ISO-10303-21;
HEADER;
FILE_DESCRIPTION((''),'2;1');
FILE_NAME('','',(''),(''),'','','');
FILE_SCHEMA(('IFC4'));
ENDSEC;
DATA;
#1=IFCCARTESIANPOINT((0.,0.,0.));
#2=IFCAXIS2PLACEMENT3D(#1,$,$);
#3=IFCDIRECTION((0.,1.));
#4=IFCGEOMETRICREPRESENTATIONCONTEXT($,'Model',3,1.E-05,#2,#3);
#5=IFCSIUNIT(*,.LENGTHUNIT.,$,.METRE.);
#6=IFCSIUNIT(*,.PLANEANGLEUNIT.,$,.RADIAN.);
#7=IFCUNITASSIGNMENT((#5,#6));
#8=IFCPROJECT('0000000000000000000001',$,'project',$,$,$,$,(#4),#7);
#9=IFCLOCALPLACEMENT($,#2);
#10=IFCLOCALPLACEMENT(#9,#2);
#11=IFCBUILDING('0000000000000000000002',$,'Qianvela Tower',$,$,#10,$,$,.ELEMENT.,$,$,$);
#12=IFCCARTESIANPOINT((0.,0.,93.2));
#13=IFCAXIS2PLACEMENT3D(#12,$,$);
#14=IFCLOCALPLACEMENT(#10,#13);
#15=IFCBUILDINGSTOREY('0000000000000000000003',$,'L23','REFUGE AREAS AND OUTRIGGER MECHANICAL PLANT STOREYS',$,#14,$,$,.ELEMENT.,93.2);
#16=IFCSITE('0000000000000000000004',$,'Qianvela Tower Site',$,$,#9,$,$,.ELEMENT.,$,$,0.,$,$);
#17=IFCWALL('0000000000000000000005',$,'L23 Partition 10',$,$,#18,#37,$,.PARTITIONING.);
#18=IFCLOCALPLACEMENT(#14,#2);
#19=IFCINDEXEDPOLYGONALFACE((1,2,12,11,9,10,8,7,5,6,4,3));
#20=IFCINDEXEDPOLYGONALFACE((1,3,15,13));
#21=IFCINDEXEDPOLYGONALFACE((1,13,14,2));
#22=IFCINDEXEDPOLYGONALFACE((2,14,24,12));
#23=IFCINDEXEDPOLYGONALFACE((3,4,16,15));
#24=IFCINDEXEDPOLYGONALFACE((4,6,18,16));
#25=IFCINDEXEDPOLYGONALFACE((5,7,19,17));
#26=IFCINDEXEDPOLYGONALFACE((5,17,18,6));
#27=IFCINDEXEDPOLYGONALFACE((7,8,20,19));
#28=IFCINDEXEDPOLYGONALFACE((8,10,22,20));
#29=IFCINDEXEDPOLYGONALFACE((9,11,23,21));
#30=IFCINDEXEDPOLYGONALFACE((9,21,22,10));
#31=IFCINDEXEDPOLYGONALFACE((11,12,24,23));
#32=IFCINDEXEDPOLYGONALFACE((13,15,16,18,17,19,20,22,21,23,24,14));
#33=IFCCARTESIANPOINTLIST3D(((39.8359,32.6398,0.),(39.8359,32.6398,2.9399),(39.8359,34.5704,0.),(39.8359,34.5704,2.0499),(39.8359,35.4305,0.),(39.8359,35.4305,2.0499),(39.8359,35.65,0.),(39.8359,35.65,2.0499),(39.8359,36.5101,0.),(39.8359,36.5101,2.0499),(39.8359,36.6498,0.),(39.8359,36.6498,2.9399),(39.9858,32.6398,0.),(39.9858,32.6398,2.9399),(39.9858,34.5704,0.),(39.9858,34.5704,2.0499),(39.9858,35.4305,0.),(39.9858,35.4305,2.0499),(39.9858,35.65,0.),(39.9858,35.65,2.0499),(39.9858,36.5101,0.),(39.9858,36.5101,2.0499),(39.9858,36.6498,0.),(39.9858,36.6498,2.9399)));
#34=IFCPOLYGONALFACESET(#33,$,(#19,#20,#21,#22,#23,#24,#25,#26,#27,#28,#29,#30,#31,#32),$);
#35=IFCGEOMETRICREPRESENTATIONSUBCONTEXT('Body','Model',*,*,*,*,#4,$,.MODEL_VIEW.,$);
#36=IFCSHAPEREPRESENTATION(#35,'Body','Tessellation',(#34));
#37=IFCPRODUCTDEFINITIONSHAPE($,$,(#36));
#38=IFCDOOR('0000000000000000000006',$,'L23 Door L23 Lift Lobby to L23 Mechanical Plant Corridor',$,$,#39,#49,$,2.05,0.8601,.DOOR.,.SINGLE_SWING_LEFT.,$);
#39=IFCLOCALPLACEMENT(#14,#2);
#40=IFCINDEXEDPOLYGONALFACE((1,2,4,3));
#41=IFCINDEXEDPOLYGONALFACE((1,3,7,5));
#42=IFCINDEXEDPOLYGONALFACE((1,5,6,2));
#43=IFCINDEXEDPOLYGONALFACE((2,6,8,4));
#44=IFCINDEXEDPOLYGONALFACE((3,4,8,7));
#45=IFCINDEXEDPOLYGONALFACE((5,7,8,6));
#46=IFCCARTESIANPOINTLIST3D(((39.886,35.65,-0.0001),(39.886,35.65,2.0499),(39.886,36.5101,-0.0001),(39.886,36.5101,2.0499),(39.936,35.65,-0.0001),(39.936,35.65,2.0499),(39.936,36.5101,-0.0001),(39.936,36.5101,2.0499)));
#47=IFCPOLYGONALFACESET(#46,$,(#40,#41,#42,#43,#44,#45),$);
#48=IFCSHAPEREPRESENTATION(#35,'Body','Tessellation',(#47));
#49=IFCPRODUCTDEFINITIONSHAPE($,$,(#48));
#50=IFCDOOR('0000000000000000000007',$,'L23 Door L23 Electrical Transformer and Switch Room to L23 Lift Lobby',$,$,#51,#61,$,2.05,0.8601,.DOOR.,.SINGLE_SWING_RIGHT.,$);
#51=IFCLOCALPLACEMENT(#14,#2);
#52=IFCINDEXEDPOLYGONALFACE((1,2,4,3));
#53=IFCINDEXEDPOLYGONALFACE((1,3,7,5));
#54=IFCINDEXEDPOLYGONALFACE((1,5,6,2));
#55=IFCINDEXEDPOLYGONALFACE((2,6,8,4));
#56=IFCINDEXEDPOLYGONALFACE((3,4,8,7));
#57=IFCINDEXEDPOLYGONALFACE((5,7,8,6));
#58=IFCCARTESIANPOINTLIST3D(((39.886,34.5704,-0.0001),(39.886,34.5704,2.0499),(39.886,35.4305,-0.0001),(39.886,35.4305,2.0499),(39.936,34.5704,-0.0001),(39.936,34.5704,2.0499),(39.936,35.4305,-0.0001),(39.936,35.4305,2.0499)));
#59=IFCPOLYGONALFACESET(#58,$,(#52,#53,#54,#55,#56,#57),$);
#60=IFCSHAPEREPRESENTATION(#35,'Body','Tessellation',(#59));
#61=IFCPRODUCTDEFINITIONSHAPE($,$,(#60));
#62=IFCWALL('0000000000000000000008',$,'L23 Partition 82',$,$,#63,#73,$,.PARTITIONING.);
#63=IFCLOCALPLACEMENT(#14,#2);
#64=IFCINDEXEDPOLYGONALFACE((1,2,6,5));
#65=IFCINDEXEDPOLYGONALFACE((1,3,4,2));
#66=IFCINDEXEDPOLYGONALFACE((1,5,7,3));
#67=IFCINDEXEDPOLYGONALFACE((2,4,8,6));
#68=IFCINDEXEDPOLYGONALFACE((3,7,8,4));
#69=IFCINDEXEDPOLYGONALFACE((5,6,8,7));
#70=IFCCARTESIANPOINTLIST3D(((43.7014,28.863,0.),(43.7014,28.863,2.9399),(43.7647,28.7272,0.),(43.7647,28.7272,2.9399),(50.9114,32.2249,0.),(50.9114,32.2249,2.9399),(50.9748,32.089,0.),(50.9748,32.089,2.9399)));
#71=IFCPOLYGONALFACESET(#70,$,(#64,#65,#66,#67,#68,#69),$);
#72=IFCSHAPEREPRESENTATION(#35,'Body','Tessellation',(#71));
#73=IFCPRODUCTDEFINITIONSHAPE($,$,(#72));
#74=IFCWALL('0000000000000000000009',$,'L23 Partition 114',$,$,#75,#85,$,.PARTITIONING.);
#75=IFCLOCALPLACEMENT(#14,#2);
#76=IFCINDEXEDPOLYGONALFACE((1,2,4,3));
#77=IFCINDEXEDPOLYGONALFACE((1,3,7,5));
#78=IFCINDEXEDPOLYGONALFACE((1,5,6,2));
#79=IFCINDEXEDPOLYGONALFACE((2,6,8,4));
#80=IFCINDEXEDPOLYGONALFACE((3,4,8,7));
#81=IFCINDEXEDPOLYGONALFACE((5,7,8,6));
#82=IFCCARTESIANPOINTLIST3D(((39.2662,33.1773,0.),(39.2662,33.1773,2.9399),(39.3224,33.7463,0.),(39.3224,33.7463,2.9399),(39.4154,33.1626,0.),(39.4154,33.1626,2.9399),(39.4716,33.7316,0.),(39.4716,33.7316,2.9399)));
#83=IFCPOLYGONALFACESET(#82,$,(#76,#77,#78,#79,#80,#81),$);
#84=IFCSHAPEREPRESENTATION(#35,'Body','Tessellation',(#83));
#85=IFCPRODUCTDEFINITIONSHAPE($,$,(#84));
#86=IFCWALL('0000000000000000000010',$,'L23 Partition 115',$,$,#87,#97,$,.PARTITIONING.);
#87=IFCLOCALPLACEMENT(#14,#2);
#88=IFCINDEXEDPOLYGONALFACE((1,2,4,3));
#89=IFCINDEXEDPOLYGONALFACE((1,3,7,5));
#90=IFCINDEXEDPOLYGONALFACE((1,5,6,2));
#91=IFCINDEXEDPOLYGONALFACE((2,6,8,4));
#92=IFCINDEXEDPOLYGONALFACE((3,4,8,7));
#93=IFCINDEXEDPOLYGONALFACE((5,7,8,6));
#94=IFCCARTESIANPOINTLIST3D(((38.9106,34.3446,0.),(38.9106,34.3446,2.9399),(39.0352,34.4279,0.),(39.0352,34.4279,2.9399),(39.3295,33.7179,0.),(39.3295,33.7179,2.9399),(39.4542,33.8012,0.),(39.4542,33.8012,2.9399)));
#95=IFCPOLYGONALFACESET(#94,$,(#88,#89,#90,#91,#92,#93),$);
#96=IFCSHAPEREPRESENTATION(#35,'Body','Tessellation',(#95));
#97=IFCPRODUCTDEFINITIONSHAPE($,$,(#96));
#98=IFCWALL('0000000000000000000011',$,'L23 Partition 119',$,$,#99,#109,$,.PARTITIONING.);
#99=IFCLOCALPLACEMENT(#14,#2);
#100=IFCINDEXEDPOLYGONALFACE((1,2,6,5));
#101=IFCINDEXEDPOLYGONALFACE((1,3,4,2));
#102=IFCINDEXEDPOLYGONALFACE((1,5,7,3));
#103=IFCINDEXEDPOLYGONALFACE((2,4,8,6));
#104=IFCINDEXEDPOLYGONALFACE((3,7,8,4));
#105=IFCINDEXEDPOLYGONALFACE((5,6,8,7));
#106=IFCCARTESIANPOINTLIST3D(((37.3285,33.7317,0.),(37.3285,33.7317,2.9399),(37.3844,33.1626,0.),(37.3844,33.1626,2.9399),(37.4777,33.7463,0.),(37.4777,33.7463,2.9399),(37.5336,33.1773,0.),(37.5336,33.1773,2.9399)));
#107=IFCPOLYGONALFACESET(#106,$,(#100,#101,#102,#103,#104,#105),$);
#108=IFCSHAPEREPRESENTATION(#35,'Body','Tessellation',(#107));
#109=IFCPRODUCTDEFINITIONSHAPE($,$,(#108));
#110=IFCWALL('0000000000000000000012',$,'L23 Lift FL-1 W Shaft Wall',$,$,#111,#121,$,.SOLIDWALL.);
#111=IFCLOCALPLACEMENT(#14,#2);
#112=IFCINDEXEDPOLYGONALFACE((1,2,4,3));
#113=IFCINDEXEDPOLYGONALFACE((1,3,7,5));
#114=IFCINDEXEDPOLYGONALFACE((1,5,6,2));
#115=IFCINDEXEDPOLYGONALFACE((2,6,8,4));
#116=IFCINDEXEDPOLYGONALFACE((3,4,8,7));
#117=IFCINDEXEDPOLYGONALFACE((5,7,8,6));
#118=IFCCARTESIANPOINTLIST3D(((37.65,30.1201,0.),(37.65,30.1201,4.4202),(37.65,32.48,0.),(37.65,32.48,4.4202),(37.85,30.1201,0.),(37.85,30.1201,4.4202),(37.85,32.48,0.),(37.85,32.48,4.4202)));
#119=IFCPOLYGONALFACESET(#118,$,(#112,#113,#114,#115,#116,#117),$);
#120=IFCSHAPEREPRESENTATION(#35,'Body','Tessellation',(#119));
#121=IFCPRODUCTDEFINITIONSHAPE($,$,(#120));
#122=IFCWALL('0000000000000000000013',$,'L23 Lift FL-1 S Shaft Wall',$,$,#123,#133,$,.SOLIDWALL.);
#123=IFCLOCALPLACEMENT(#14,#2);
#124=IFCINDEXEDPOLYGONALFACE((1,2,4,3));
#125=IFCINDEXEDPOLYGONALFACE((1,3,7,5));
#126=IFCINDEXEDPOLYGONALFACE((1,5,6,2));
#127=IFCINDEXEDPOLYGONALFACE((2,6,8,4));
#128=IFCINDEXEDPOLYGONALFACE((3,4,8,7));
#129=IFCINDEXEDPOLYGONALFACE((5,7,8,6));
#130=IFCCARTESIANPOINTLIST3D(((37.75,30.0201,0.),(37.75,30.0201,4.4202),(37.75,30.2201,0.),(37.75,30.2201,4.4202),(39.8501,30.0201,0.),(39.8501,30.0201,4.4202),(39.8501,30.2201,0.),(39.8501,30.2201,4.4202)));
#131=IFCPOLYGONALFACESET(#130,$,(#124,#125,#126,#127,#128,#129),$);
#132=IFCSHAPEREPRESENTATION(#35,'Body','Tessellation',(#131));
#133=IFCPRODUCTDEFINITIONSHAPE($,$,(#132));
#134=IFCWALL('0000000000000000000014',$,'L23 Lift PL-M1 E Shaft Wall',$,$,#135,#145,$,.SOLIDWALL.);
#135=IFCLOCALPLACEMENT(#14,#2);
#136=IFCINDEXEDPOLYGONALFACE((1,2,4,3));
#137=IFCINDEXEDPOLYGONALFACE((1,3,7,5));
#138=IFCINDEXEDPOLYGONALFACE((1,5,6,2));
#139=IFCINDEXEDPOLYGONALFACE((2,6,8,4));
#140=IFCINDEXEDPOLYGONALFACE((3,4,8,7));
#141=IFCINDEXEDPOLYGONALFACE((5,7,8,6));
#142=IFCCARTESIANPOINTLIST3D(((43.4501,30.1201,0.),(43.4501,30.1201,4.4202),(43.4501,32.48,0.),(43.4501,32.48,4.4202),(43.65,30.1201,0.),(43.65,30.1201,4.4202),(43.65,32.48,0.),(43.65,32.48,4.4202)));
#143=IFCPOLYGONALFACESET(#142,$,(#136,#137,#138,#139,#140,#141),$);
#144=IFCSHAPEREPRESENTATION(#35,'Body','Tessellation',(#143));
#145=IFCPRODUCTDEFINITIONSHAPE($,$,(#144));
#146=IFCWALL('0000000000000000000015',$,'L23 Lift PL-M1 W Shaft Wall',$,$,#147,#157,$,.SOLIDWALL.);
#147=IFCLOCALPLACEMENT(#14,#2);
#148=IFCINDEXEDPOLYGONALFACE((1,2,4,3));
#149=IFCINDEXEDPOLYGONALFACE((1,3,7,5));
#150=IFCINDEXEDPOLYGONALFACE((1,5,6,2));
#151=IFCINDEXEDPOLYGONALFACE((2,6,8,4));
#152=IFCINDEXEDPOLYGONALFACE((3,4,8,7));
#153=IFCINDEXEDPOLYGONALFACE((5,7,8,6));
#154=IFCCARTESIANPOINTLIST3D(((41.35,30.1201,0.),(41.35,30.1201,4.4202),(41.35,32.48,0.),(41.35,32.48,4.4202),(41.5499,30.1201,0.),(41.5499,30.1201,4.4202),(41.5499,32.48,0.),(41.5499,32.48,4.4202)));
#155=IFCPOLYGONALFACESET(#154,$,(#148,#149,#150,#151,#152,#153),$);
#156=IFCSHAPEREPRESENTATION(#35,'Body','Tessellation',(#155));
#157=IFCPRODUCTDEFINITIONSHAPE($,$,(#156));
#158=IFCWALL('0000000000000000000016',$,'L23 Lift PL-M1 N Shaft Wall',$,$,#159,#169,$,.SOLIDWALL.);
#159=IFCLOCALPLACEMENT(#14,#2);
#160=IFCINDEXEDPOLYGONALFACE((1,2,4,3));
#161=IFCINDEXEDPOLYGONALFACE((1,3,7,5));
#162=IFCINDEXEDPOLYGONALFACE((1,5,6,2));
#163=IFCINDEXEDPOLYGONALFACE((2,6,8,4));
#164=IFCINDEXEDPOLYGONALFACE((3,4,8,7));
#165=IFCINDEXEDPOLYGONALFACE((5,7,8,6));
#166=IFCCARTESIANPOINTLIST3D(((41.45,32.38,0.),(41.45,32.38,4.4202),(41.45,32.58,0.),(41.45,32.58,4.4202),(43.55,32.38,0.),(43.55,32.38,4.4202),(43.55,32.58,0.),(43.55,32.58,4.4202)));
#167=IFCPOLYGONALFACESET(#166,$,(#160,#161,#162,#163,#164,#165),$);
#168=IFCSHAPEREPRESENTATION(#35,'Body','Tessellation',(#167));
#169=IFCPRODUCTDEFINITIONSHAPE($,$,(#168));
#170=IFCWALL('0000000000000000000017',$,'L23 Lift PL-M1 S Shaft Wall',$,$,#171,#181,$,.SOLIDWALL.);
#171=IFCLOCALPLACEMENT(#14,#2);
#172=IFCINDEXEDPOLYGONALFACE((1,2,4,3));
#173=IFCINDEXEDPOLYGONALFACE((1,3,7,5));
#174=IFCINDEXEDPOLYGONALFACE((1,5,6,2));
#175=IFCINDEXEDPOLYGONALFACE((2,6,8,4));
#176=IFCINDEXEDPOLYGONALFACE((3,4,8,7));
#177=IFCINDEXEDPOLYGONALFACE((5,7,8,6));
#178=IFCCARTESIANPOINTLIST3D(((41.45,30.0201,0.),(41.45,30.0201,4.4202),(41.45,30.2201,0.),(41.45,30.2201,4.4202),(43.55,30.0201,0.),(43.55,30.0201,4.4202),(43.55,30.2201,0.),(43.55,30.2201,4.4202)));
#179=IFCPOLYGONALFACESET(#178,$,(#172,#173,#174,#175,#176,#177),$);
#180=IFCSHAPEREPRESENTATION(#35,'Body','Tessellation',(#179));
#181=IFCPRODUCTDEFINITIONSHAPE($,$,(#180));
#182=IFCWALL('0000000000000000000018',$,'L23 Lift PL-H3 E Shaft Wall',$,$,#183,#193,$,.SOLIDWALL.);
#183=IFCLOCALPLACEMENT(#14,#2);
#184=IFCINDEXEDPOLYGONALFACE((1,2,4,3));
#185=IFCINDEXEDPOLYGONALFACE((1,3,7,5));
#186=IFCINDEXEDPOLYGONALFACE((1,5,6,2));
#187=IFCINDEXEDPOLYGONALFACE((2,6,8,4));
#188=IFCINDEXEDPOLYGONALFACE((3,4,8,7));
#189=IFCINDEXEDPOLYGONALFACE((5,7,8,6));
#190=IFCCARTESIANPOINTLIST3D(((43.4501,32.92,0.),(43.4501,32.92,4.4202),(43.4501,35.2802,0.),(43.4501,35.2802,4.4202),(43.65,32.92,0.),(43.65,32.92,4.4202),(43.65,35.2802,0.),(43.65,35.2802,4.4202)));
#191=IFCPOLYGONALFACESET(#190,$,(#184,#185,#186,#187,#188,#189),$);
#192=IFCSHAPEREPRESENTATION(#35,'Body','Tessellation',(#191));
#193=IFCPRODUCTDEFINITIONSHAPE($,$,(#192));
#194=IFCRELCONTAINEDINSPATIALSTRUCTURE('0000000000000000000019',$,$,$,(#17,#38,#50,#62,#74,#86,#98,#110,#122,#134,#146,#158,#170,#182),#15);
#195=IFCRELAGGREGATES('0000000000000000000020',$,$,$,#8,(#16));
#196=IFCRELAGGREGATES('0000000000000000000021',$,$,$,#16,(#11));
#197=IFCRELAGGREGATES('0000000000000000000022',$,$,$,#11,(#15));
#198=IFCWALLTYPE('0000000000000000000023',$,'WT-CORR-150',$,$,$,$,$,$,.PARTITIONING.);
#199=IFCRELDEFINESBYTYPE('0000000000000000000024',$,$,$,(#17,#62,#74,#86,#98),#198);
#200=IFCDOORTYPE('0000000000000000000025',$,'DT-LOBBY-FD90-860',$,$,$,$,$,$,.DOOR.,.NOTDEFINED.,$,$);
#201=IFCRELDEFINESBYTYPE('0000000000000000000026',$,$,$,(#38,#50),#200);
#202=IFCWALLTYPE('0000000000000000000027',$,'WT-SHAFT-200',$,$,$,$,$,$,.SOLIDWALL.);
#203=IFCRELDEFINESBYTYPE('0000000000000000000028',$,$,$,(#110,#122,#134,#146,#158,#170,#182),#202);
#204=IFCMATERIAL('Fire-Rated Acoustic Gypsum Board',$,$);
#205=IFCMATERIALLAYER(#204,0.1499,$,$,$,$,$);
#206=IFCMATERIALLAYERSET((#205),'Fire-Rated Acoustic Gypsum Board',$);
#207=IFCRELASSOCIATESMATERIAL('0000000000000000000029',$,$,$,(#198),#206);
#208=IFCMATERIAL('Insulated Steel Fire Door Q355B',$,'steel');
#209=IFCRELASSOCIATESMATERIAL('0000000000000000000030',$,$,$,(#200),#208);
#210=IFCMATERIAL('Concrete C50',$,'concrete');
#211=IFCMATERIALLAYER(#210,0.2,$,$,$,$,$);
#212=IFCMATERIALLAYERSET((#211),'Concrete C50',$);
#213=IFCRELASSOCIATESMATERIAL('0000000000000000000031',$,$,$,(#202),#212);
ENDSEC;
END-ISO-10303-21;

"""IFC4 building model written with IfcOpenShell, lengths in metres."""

from ifc_helpers import new_model, si_unit, direction, frame, frame_2d, origin, place, context, subcontext, project, spatial, rectangle, extrude, material, layer, layer_set, type_object, element, fill, save


model = new_model("IFC4")

# Units and contexts
model_context = context("Model", 3, precision=1e-05, world=origin(), true_north=direction((0.0, 1.0)))
body_context = subcontext(model_context, "Body", "Model", "MODEL_VIEW")
ifc_project = project(units=[si_unit("LENGTHUNIT", "METRE"), si_unit("PLANEANGLEUNIT", "RADIAN")], contexts=[model_context])

# Site, building, storey
site_placement = place(None, origin())
site = spatial("IfcSite", under=ifc_project, at=site_placement, Name="Qianvela Tower Site", CompositionType="ELEMENT", RefElevation=0.0)
building_placement = place(site_placement, origin())
building = spatial("IfcBuilding", under=site, at=building_placement, Name="Qianvela Tower", CompositionType="ELEMENT")
storey_placement = place(building_placement, frame((0.0, 0.0, 93.2)))
storey = spatial("IfcBuildingStorey", under=building, at=storey_placement, Name="L23", Description="REFUGE AREAS AND OUTRIGGER MECHANICAL PLANT STOREYS", CompositionType="ELEMENT", Elevation=93.2)

# Wall, openings, doors
ifc_material_1 = material(Name="Fire-Rated Acoustic Gypsum Board")
ifc_layer_1 = layer(ifc_material_1, 0.1499)
ifc_layer_set_1 = layer_set([ifc_layer_1], Name="Fire-Rated Acoustic Gypsum Board")
wall_type_1 = type_object("IfcWallType", Name="WT-CORR-150", PredefinedType="PARTITIONING", material=ifc_layer_set_1)
wall_1_placement = place(storey_placement, frame((39.9109, 32.6399, 0.0), z_axis=(0.0, 0.0, 1.0), x_axis=(0.0, 1.0, 0.0)))
wall_1 = element("IfcWall", 1, at=wall_1_placement, inside=storey, type_object=wall_type_1, Name="L23 Partition 10", PredefinedType="PARTITIONING", context=body_context, shape_type="SweptSolid", body=[
    extrude(rectangle(XDim=4.01, YDim=0.1499, at=frame_2d((2.0049, 0.0))), origin(), (0.0, 0.0, 1.0), 2.9399),
])
opening_1_placement = place(wall_1_placement, frame((3.01, 0.0, 0.0)))
opening_1 = element("IfcOpeningElement", 2, at=opening_1_placement, cuts=wall_1, PredefinedType="OPENING", context=body_context, shape_type="SweptSolid", body=[
    extrude(rectangle(XDim=0.8601, YDim=2.05, at=frame_2d((0.4302, 1.0249))), frame((0.0, 0.085, 0.0), z_axis=(0.0, -1.0, 0.0), x_axis=(1.0, 0.0, 0.0)), (0.0, 0.0, 1.0), 0.1699),
])
opening_2_placement = place(wall_1_placement, frame((1.9304, 0.0, 0.0)))
opening_2 = element("IfcOpeningElement", 3, at=opening_2_placement, cuts=wall_1, PredefinedType="OPENING", context=body_context, shape_type="SweptSolid", body=[
    extrude(rectangle(XDim=0.8601, YDim=2.05, at=frame_2d((0.4302, 1.0249))), frame((0.0, 0.085, 0.0), z_axis=(0.0, -1.0, 0.0), x_axis=(1.0, 0.0, 0.0)), (0.0, 0.0, 1.0), 0.1699),
])
ifc_material_2 = material(Name="Insulated Steel Fire Door Q355B", Category="steel")
door_type_1 = type_object("IfcDoorType", Name="DT-LOBBY-FD90-860", OperationType="NOTDEFINED", PredefinedType="DOOR", material=ifc_material_2)
door_1_placement = place(opening_1_placement, origin())
door_1 = element("IfcDoor", 4, at=door_1_placement, inside=storey, type_object=door_type_1, Name="L23 Door L23 Lift Lobby to L23 Mechanical Plant Corridor", OperationType="SINGLE_SWING_LEFT", OverallHeight=2.05, OverallWidth=0.8601, PredefinedType="DOOR", context=body_context, shape_type="SweptSolid", body=[
    extrude(rectangle(XDim=0.8601, YDim=2.05, at=frame_2d((0.4302, 1.0249))), frame((0.0, 0.0249, 0.0), z_axis=(0.0, -1.0, 0.0), x_axis=(1.0, 0.0, 0.0)), (0.0, 0.0, 1.0), 0.05),
])
fill(opening_1, door_1)
door_2_placement = place(opening_2_placement, origin())
door_2 = element("IfcDoor", 5, at=door_2_placement, inside=storey, type_object=door_type_1, Name="L23 Door L23 Electrical Transformer and Switch Room to L23 Lift Lobby", OperationType="SINGLE_SWING_RIGHT", OverallHeight=2.05, OverallWidth=0.8601, PredefinedType="DOOR", context=body_context, shape_type="SweptSolid", body=[
    extrude(rectangle(XDim=0.8601, YDim=2.05, at=frame_2d((0.4302, 1.0249))), frame((0.0, 0.0249, 0.0), z_axis=(0.0, -1.0, 0.0), x_axis=(1.0, 0.0, 0.0)), (0.0, 0.0, 1.0), 0.05),
])
fill(opening_2, door_2)

# Walls
wall_2_placement = place(storey_placement, frame((43.7332, 28.7952, 0.0), z_axis=(0.0, 0.0, 1.0), x_axis=(0.90632, 0.422593, 0.0)))
element("IfcWall", 6, at=wall_2_placement, inside=storey, type_object=wall_type_1, Name="L23 Partition 82", PredefinedType="PARTITIONING", context=body_context, shape_type="SweptSolid", body=[
    extrude(rectangle(XDim=7.9553, YDim=0.1499, at=frame_2d((3.9775, 0.0))), origin(), (0.0, 0.0, 1.0), 2.9399),
])
wall_3_placement = place(storey_placement, frame((39.3408, 33.1699, 0.0), z_axis=(0.0, 0.0, 1.0), x_axis=(0.098193, 0.995167, 0.0)))
element("IfcWall", 7, at=wall_3_placement, inside=storey, type_object=wall_type_1, Name="L23 Partition 114", PredefinedType="PARTITIONING", context=body_context, shape_type="SweptSolid", body=[
    extrude(rectangle(XDim=0.5718, YDim=0.1499, at=frame_2d((0.2859, 0.0))), origin(), (0.0, 0.0, 1.0), 2.9399),
])
wall_4_placement = place(storey_placement, frame((39.3918, 33.7595, 0.0), z_axis=(0.0, 0.0, 1.0), x_axis=(-0.555746, 0.831352, 0.0)))
element("IfcWall", 8, at=wall_4_placement, inside=storey, type_object=wall_type_1, Name="L23 Partition 115", PredefinedType="PARTITIONING", context=body_context, shape_type="SweptSolid", body=[
    extrude(rectangle(XDim=0.7539, YDim=0.1499, at=frame_2d((0.377, 0.0))), origin(), (0.0, 0.0, 1.0), 2.9399),
])
wall_5_placement = place(storey_placement, frame((37.4031, 33.739, 0.0), z_axis=(0.0, 0.0, 1.0), x_axis=(0.09777, -0.995209, 0.0)))
element("IfcWall", 9, at=wall_5_placement, inside=storey, type_object=wall_type_1, Name="L23 Partition 119", PredefinedType="PARTITIONING", context=body_context, shape_type="SweptSolid", body=[
    extrude(rectangle(XDim=0.5718, YDim=0.1499, at=frame_2d((0.2859, 0.0))), origin(), (0.0, 0.0, 1.0), 2.9399),
])

# Shared definitions
ifc_material_3 = material(Name="Concrete C50", Category="concrete")
ifc_layer_2 = layer(ifc_material_3, 0.2)
ifc_layer_set_2 = layer_set([ifc_layer_2], Name="Concrete C50")
wall_type_2 = type_object("IfcWallType", Name="WT-SHAFT-200", PredefinedType="SOLIDWALL", material=ifc_layer_set_2)

# Walls
wall_6_placement = place(storey_placement, frame((37.75, 30.1201, 0.0), z_axis=(0.0, 0.0, 1.0), x_axis=(0.0, 1.0, 0.0)))
element("IfcWall", 10, at=wall_6_placement, inside=storey, type_object=wall_type_2, Name="L23 Lift FL-1 W Shaft Wall", PredefinedType="SOLIDWALL", context=body_context, shape_type="SweptSolid", body=[
    extrude(rectangle(XDim=2.3599, YDim=0.2, at=frame_2d((1.1799, 0.0))), origin(), (0.0, 0.0, 1.0), 4.4202),
])
wall_7_placement = place(storey_placement, frame((37.75, 30.1201, 0.0), z_axis=(0.0, 0.0, 1.0), x_axis=(1.0, 0.0, 0.0)))
element("IfcWall", 11, at=wall_7_placement, inside=storey, type_object=wall_type_2, Name="L23 Lift FL-1 S Shaft Wall", PredefinedType="SOLIDWALL", context=body_context, shape_type="SweptSolid", body=[
    extrude(rectangle(XDim=2.1001, YDim=0.2, at=frame_2d((1.05, 0.0))), origin(), (0.0, 0.0, 1.0), 4.4202),
])
for number, where, z_axis, x_axis, name in (
    (12, (43.55, 30.1201, 0.0), (0.0, 0.0, 1.0), (0.0, 1.0, 0.0), "L23 Lift PL-M1 E Shaft Wall"),
    (13, (41.45, 30.1201, 0.0), (0.0, 0.0, 1.0), (0.0, 1.0, 0.0), "L23 Lift PL-M1 W Shaft Wall"),
):
    element("IfcWall", number, at=place(storey_placement, frame(where, z_axis=z_axis, x_axis=x_axis)), inside=storey, type_object=wall_type_2, Name=name, PredefinedType="SOLIDWALL", context=body_context, shape_type="SweptSolid", body=[
        extrude(rectangle(XDim=2.3599, YDim=0.2, at=frame_2d((1.1799, 0.0))), origin(), (0.0, 0.0, 1.0), 4.4202),
    ])
for number, where, z_axis, x_axis, name in (
    (14, (41.45, 32.48, 0.0), (0.0, 0.0, 1.0), (1.0, 0.0, 0.0), "L23 Lift PL-M1 N Shaft Wall"),
    (15, (41.45, 30.1201, 0.0), (0.0, 0.0, 1.0), (1.0, 0.0, 0.0), "L23 Lift PL-M1 S Shaft Wall"),
):
    element("IfcWall", number, at=place(storey_placement, frame(where, z_axis=z_axis, x_axis=x_axis)), inside=storey, type_object=wall_type_2, Name=name, PredefinedType="SOLIDWALL", context=body_context, shape_type="SweptSolid", body=[
        extrude(rectangle(XDim=2.1001, YDim=0.2, at=frame_2d((1.05, 0.0))), origin(), (0.0, 0.0, 1.0), 4.4202),
    ])
for number, where, z_axis, x_axis, name in (
    (16, (43.55, 32.9199, 0.0), (0.0, 0.0, 1.0), (0.0, 1.0, 0.0), "L23 Lift PL-H3 E Shaft Wall"),
):
    element("IfcWall", number, at=place(storey_placement, frame(where, z_axis=z_axis, x_axis=x_axis)), inside=storey, type_object=wall_type_2, Name=name, PredefinedType="SOLIDWALL", context=body_context, shape_type="SweptSolid", body=[
        extrude(rectangle(XDim=2.3601, YDim=0.2, at=frame_2d((1.1802, 0.0))), origin(), (0.0, 0.0, 1.0), 4.4202),
    ])

save(model, "model.ifc")
